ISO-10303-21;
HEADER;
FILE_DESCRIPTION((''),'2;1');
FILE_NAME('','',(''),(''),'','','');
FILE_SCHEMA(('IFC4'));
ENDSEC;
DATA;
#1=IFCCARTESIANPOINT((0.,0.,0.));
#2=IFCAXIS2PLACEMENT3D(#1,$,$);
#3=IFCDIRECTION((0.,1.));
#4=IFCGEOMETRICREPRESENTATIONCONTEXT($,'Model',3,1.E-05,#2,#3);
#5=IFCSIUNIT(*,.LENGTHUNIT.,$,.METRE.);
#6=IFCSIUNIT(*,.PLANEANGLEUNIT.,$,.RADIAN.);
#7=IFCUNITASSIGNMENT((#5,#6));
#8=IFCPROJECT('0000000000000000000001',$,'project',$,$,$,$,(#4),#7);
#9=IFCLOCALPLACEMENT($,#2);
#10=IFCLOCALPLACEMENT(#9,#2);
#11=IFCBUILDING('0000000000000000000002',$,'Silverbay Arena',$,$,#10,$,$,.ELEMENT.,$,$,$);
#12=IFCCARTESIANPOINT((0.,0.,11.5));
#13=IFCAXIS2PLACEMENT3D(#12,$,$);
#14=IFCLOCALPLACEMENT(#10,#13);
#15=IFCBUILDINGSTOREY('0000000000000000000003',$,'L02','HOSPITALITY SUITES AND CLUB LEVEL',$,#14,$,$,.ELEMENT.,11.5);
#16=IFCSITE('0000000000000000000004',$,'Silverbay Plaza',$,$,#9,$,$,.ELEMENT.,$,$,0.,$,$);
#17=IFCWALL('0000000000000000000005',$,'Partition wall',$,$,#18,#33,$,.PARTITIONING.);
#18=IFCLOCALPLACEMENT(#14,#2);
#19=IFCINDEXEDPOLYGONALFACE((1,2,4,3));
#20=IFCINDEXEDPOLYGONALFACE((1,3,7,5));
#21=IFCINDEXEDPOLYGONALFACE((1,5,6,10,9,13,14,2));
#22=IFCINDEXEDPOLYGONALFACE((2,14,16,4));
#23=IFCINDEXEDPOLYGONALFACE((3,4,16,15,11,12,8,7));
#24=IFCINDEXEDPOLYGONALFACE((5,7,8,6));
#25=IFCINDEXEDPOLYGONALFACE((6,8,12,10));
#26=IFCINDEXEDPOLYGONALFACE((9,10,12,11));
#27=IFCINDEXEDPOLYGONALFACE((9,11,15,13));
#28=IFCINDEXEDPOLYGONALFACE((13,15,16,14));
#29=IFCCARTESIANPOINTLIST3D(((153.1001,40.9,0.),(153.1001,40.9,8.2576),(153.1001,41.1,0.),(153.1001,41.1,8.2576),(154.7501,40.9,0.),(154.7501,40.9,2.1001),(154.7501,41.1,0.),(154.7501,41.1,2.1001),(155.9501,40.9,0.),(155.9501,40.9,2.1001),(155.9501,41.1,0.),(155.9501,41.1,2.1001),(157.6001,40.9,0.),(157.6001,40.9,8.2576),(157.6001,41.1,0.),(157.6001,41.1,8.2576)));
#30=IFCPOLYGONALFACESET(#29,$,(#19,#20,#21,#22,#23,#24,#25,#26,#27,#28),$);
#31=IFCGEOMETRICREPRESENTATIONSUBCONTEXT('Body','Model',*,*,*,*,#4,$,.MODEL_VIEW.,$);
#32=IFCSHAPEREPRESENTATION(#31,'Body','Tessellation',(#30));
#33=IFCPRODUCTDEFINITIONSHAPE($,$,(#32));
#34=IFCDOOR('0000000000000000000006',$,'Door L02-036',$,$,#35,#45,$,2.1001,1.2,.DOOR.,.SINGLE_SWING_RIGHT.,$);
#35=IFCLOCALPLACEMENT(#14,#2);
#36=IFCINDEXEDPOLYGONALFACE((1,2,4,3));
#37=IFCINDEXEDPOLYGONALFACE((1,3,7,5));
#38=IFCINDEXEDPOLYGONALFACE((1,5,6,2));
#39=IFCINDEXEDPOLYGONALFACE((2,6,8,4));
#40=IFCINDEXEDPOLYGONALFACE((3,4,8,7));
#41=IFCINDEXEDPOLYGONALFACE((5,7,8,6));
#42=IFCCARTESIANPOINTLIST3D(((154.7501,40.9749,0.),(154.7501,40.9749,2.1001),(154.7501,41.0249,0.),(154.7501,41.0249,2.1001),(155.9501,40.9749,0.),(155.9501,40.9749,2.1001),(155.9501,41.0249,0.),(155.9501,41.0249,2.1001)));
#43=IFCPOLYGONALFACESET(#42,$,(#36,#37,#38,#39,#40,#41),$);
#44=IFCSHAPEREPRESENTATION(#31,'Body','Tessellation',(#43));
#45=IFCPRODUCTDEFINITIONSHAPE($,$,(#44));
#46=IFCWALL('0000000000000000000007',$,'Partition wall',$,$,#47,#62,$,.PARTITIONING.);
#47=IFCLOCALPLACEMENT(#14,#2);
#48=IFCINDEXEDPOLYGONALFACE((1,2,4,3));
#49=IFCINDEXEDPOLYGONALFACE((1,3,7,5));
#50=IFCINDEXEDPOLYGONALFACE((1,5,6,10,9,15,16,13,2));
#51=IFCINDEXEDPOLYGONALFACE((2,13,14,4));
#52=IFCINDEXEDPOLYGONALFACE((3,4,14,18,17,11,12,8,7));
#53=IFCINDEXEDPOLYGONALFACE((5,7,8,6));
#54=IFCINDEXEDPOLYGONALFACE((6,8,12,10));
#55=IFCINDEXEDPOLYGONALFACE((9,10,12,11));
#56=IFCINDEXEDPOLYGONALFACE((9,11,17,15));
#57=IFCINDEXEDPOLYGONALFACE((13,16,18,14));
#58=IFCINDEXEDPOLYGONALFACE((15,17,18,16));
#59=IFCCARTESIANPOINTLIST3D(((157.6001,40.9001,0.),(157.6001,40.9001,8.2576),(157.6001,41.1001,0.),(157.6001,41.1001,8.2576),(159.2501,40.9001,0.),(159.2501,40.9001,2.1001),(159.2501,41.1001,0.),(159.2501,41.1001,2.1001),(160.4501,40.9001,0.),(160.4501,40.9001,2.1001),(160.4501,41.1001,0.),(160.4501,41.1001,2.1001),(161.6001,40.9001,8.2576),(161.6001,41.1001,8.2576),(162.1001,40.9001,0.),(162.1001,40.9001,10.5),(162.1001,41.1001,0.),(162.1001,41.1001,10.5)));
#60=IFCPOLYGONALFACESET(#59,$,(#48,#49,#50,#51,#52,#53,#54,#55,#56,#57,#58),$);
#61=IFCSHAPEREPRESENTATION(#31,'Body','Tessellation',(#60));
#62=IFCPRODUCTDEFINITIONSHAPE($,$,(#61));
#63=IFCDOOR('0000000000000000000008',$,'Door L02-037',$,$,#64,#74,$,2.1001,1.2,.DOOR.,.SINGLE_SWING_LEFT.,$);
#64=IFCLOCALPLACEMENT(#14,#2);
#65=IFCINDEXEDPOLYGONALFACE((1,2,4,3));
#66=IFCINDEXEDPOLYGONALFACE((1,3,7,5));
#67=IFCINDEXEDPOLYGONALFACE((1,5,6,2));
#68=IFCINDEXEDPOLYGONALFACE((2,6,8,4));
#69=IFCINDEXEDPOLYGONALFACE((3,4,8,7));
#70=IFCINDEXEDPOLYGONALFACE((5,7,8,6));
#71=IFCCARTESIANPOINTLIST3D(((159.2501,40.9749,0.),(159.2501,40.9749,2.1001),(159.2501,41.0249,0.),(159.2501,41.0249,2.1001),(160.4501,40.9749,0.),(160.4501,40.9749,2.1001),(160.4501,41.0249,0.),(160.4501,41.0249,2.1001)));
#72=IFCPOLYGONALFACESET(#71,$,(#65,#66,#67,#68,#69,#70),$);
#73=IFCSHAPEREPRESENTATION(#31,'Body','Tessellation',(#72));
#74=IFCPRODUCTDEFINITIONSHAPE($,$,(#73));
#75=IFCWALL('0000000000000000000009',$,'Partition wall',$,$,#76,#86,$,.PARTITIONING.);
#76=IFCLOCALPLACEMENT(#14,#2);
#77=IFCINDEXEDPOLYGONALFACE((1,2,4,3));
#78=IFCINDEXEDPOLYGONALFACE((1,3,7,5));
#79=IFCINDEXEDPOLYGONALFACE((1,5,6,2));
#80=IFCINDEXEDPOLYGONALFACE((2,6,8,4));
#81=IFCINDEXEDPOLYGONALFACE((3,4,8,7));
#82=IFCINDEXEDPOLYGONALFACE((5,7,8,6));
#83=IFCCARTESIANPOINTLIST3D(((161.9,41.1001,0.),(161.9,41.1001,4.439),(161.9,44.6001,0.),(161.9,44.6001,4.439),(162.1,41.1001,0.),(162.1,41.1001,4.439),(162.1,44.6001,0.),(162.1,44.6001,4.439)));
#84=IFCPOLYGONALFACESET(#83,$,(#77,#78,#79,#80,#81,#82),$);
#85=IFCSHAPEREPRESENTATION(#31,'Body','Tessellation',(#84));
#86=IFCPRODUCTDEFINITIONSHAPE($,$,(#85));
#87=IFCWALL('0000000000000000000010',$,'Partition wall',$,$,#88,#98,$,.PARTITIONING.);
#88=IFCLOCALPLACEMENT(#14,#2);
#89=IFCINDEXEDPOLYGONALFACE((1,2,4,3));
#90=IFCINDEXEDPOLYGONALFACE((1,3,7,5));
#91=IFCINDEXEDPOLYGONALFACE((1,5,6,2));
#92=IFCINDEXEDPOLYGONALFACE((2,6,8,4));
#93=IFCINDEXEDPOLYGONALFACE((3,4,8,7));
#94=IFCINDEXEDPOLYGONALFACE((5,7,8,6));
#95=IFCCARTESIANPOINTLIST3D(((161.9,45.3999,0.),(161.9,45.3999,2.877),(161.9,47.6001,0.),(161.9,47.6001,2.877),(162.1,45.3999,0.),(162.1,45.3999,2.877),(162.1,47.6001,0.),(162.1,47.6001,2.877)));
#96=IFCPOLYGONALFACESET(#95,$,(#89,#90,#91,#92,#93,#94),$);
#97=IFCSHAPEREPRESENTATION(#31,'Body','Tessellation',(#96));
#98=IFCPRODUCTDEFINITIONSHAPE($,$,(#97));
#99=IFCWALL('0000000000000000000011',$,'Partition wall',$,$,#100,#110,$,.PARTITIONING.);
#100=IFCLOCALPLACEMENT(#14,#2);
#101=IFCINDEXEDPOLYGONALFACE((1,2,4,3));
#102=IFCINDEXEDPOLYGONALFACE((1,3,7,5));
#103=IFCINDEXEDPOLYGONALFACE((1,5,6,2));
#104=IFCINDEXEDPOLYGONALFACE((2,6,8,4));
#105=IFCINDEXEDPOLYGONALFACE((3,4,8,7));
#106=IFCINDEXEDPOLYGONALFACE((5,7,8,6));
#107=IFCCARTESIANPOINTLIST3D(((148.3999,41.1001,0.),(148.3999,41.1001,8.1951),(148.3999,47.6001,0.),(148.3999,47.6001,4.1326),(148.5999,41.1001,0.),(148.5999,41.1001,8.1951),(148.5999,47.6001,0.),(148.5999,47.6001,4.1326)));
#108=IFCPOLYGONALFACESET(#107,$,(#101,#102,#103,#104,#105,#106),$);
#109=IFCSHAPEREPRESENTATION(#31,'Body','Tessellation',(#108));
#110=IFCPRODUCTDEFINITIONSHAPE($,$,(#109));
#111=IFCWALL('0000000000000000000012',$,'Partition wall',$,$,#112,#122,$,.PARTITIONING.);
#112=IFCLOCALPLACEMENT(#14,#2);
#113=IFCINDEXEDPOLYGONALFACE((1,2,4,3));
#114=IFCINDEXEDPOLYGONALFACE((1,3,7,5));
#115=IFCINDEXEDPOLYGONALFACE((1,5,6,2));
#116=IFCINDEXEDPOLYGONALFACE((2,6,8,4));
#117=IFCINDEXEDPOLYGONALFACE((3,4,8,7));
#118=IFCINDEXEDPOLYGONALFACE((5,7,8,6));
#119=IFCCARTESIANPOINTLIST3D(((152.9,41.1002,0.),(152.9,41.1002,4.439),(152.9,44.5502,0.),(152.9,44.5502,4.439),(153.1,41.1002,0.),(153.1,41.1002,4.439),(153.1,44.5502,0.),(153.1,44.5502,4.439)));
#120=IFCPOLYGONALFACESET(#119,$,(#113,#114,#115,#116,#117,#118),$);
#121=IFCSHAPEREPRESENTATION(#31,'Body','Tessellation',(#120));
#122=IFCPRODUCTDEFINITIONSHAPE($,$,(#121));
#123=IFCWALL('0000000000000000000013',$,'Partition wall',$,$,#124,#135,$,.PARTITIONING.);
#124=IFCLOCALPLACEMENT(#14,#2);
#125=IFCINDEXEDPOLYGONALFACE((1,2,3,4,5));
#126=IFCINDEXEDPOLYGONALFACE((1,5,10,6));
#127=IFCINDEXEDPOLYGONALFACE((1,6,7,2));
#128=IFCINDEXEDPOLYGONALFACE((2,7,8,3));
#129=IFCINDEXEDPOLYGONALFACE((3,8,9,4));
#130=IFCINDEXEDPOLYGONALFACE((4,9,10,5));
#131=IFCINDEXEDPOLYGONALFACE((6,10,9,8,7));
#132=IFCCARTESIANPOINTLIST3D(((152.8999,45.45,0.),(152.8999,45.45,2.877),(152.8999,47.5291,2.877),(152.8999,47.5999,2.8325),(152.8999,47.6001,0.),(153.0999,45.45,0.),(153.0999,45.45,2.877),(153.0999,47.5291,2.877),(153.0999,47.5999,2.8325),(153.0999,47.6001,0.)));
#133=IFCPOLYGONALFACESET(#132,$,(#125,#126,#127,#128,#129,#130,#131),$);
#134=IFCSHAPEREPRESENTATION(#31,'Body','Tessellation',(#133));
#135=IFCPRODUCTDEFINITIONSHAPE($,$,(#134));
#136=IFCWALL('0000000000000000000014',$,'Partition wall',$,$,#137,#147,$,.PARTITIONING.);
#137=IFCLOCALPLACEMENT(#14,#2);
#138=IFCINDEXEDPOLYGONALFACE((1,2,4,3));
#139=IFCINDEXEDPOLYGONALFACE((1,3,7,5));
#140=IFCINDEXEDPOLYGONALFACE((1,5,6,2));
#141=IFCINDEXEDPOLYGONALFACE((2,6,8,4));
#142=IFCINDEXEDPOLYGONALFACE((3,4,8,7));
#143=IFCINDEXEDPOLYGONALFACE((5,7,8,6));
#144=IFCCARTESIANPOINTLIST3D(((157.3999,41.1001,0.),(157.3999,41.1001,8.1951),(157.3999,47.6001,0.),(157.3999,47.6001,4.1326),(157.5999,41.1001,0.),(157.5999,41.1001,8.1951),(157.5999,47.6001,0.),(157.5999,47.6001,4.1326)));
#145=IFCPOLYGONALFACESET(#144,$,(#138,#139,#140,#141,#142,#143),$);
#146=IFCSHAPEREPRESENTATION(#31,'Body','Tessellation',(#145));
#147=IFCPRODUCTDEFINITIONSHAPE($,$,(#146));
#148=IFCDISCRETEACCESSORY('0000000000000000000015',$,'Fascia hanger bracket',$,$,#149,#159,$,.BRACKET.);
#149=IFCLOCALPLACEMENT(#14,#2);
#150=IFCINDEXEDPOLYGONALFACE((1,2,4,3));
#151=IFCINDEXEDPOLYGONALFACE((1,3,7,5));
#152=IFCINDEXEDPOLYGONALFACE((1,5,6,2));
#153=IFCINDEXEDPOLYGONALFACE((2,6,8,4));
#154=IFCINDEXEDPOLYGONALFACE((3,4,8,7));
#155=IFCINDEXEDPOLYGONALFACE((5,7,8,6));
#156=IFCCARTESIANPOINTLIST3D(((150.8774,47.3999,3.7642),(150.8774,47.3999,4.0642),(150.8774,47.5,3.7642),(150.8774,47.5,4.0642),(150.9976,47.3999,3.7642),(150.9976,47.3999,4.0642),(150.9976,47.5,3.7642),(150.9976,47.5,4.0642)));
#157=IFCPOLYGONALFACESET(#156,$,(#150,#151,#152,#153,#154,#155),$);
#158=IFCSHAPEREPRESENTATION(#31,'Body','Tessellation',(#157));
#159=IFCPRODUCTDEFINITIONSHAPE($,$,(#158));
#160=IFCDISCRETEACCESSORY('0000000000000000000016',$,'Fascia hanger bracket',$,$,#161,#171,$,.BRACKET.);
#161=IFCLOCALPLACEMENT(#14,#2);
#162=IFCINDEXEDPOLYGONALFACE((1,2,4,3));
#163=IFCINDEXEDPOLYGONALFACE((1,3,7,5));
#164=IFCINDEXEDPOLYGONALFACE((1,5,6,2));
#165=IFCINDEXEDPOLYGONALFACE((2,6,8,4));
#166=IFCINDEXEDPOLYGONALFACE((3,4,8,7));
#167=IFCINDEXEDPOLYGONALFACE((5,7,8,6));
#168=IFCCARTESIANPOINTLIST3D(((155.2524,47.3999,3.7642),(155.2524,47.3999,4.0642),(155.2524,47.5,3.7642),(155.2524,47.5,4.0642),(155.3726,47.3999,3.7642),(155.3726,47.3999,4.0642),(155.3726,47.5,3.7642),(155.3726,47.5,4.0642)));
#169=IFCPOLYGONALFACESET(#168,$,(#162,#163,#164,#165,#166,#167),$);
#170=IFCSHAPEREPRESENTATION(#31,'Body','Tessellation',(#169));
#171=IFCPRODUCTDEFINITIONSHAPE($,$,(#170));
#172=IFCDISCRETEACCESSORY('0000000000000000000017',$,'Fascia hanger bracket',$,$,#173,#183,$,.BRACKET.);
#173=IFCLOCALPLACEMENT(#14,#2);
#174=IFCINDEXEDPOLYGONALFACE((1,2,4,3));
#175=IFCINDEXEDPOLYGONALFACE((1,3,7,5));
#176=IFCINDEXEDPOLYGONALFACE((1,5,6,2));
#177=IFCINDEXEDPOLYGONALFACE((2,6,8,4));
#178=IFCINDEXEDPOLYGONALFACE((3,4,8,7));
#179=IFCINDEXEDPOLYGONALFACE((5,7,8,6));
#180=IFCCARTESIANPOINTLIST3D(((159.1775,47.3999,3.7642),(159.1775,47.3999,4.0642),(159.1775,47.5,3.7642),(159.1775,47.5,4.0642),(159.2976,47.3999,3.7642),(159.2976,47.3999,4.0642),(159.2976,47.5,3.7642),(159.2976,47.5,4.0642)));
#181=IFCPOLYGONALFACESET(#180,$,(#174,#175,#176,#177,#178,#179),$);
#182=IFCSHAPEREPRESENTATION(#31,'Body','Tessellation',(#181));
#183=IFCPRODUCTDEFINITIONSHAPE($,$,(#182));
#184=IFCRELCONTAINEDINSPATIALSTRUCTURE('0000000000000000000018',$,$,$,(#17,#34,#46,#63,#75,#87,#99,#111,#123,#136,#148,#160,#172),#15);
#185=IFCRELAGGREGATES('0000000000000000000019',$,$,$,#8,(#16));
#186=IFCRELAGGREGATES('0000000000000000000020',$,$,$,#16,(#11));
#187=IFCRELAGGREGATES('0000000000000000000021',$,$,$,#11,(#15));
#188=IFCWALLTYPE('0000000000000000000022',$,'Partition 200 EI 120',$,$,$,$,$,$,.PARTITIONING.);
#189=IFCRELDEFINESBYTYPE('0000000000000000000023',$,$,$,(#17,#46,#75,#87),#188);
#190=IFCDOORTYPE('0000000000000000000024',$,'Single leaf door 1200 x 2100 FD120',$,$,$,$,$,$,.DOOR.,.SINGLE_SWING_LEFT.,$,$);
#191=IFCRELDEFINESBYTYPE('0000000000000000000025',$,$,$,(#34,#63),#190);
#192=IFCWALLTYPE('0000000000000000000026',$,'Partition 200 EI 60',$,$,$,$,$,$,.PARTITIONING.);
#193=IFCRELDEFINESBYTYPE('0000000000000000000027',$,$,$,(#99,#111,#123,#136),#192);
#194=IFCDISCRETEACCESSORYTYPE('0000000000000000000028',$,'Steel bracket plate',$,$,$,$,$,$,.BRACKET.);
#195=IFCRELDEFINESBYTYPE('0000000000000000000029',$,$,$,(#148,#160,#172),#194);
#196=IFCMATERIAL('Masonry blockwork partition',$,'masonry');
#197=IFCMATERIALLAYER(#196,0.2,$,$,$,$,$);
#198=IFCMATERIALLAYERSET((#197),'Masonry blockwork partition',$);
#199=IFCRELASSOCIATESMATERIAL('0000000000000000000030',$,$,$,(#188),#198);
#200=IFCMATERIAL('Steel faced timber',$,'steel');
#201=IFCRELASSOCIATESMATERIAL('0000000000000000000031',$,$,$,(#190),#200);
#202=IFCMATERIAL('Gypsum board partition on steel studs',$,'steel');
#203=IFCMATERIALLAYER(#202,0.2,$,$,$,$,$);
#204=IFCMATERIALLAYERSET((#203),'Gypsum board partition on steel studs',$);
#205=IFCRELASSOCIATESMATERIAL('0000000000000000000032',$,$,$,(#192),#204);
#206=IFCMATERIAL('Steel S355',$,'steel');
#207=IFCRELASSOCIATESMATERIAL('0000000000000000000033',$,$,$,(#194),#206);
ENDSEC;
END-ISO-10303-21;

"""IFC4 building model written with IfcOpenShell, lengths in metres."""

from ifc_helpers import new_model, si_unit, direction, frame, frame_2d, origin, origin_2d, place, context, subcontext, project, spatial, polyline, rectangle, outline, extrude, material, layer, layer_set, type_object, element, fill, save


model = new_model("IFC4")

# Units and contexts
model_context = context("Model", 3, precision=1e-05, world=origin(), true_north=direction((0.0, 1.0)))
body_context = subcontext(model_context, "Body", "Model", "MODEL_VIEW")
ifc_project = project(units=[si_unit("LENGTHUNIT", "METRE"), si_unit("PLANEANGLEUNIT", "RADIAN")], contexts=[model_context])

# Site, building, storey
site_placement = place(None, origin())
site = spatial("IfcSite", under=ifc_project, at=site_placement, Name="Silverbay Plaza", CompositionType="ELEMENT", RefElevation=0.0)
building_placement = place(site_placement, origin())
building = spatial("IfcBuilding", under=site, at=building_placement, Name="Silverbay Arena", CompositionType="ELEMENT")
storey_placement = place(building_placement, frame((0.0, 0.0, 11.5)))
storey = spatial("IfcBuildingStorey", under=building, at=storey_placement, Name="L02", Description="HOSPITALITY SUITES AND CLUB LEVEL", CompositionType="ELEMENT", Elevation=11.5)

# Walls, openings, doors
ifc_material_1 = material(Name="Masonry blockwork partition", Category="masonry")
ifc_layer_1 = layer(ifc_material_1, 0.2)
ifc_layer_set_1 = layer_set([ifc_layer_1], Name="Masonry blockwork partition")
wall_type_1 = type_object("IfcWallType", Name="Partition 200 EI 120", PredefinedType="PARTITIONING", material=ifc_layer_set_1)
ifc_material_2 = material(Name="Steel faced timber", Category="steel")
door_type = type_object("IfcDoorType", Name="Single leaf door 1200 x 2100 FD120", OperationType="SINGLE_SWING_LEFT", PredefinedType="DOOR", material=ifc_material_2)
wall_1_placement = place(storey_placement, frame((153.1001, 41.0, 0.0), z_axis=(0.0, 0.0, 1.0), x_axis=(1.0, 0.0, 0.0)))
wall_1 = element("IfcWall", 1, at=wall_1_placement, inside=storey, type_object=wall_type_1, Name="Partition wall", PredefinedType="PARTITIONING", context=body_context, shape_type="SweptSolid", body=[
    extrude(rectangle(XDim=4.5, YDim=0.2, at=frame_2d((2.25, 0.0))), origin(), (0.0, 0.0, 1.0), 8.2576),
])
opening_1_placement = place(wall_1_placement, frame((1.6499, 0.0, 0.0)))
opening_1 = element("IfcOpeningElement", 2, at=opening_1_placement, cuts=wall_1, PredefinedType="OPENING", context=body_context, shape_type="SweptSolid", body=[
    extrude(rectangle(XDim=1.2, YDim=2.1001, at=frame_2d((0.6001, 1.05))), frame((0.0, 0.1099, 0.0), z_axis=(0.0, -1.0, 0.0), x_axis=(1.0, 0.0, 0.0)), (0.0, 0.0, 1.0), 0.22),
])
door_1_placement = place(opening_1_placement, origin())
door_1 = element("IfcDoor", 3, at=door_1_placement, inside=storey, type_object=door_type, Name="Door L02-036", OperationType="SINGLE_SWING_RIGHT", OverallHeight=2.1001, OverallWidth=1.2, PredefinedType="DOOR", context=body_context, shape_type="SweptSolid", body=[
    extrude(rectangle(XDim=1.2, YDim=2.1001, at=frame_2d((0.6001, 1.05))), frame((0.0, 0.0249, 0.0), z_axis=(0.0, -1.0, 0.0), x_axis=(1.0, 0.0, 0.0)), (0.0, 0.0, 1.0), 0.05),
])
fill(opening_1, door_1)
wall_2_placement = place(storey_placement, frame((157.6001, 41.0, 0.0), z_axis=(0.0, 0.0, 1.0), x_axis=(1.0, 0.0, 0.0)))
wall_2 = element("IfcWall", 4, at=wall_2_placement, inside=storey, type_object=wall_type_1, Name="Partition wall", PredefinedType="PARTITIONING", context=body_context, shape_type="SweptSolid", body=[
    extrude(outline(polyline([(0.0, 0.0), (4.5, 0.0), (4.5, 10.5), (4.0, 8.2576), (0.0, 8.2576), (0.0, 0.0)])), frame((0.0, 0.1001, 0.0), z_axis=(0.0, -1.0, 0.0), x_axis=(1.0, 0.0, 0.0)), (0.0, 0.0, 1.0), 0.2),
])
opening_2_placement = place(wall_2_placement, frame((1.6499, 0.0, 0.0)))
opening_2 = element("IfcOpeningElement", 5, at=opening_2_placement, cuts=wall_2, PredefinedType="OPENING", context=body_context, shape_type="SweptSolid", body=[
    extrude(rectangle(XDim=1.2, YDim=2.1001, at=frame_2d((0.6001, 1.05))), frame((0.0, 0.1099, 0.0), z_axis=(0.0, -1.0, 0.0), x_axis=(1.0, 0.0, 0.0)), (0.0, 0.0, 1.0), 0.22),
])
door_2_placement = place(opening_2_placement, origin())
door_2 = element("IfcDoor", 6, at=door_2_placement, inside=storey, type_object=door_type, Name="Door L02-037", OperationType="SINGLE_SWING_LEFT", OverallHeight=2.1001, OverallWidth=1.2, PredefinedType="DOOR", context=body_context, shape_type="SweptSolid", body=[
    extrude(rectangle(XDim=1.2, YDim=2.1001, at=frame_2d((0.6001, 1.05))), frame((0.0, 0.0249, 0.0), z_axis=(0.0, -1.0, 0.0), x_axis=(1.0, 0.0, 0.0)), (0.0, 0.0, 1.0), 0.05),
])
fill(opening_2, door_2)

# Walls
wall_3_placement = place(storey_placement, frame((162.0, 41.1001, 0.0), z_axis=(0.0, 0.0, 1.0), x_axis=(0.0, 1.0, 0.0)))
element("IfcWall", 7, at=wall_3_placement, inside=storey, type_object=wall_type_1, Name="Partition wall", PredefinedType="PARTITIONING", context=body_context, shape_type="SweptSolid", body=[
    extrude(rectangle(XDim=3.5, YDim=0.2, at=frame_2d((1.75, 0.0))), origin(), (0.0, 0.0, 1.0), 4.439),
])
wall_4_placement = place(storey_placement, frame((162.0, 45.3999, 0.0), z_axis=(0.0, 0.0, 1.0), x_axis=(0.0, 1.0, 0.0)))
element("IfcWall", 8, at=wall_4_placement, inside=storey, type_object=wall_type_1, Name="Partition wall", PredefinedType="PARTITIONING", context=body_context, shape_type="SweptSolid", body=[
    extrude(rectangle(XDim=2.2002, YDim=0.2, at=frame_2d((1.1001, 0.0))), origin(), (0.0, 0.0, 1.0), 2.877),
])
ifc_material_3 = material(Name="Gypsum board partition on steel studs", Category="steel")
ifc_layer_2 = layer(ifc_material_3, 0.2)
ifc_layer_set_2 = layer_set([ifc_layer_2], Name="Gypsum board partition on steel studs")
wall_type_2 = type_object("IfcWallType", Name="Partition 200 EI 60", PredefinedType="PARTITIONING", material=ifc_layer_set_2)
wall_5_placement = place(storey_placement, frame((148.5, 41.1001, 0.0), z_axis=(0.0, 0.0, 1.0), x_axis=(0.0, 1.0, 0.0)))
element("IfcWall", 9, at=wall_5_placement, inside=storey, type_object=wall_type_2, Name="Partition wall", PredefinedType="PARTITIONING", context=body_context, shape_type="SweptSolid", body=[
    extrude(outline(polyline([(0.0, 0.0), (6.5, 0.0), (6.5, 4.1326), (0.0, 8.1951), (0.0, 0.0)])), frame((0.0, 0.1001, 0.0), z_axis=(0.0, -1.0, 0.0), x_axis=(1.0, 0.0, 0.0)), (0.0, 0.0, 1.0), 0.2),
])
wall_6_placement = place(storey_placement, frame((153.0, 41.1001, 0.0), z_axis=(0.0, 0.0, 1.0), x_axis=(0.0, 1.0, 0.0)))
element("IfcWall", 10, at=wall_6_placement, inside=storey, type_object=wall_type_2, Name="Partition wall", PredefinedType="PARTITIONING", context=body_context, shape_type="SweptSolid", body=[
    extrude(rectangle(XDim=3.45, YDim=0.2, at=frame_2d((1.7251, 0.0))), origin(), (0.0, 0.0, 1.0), 4.439),
])
wall_7_placement = place(storey_placement, frame((153.0, 45.45, 0.0), z_axis=(0.0, 0.0, 1.0), x_axis=(0.0, 1.0, 0.0)))
element("IfcWall", 11, at=wall_7_placement, inside=storey, type_object=wall_type_2, Name="Partition wall", PredefinedType="PARTITIONING", context=body_context, shape_type="SweptSolid", body=[
    extrude(outline(polyline([(0.0, 0.0), (2.1501, 0.0), (2.1499, 2.8325), (2.0791, 2.877), (0.0, 2.877), (0.0, 0.0)])), frame((0.0, 0.1001, 0.0), z_axis=(0.0, -1.0, 0.0), x_axis=(1.0, 0.0, 0.0)), (0.0, 0.0, 1.0), 0.2),
])
wall_8_placement = place(storey_placement, frame((157.5, 41.1001, 0.0), z_axis=(0.0, 0.0, 1.0), x_axis=(0.0, 1.0, 0.0)))
element("IfcWall", 12, at=wall_8_placement, inside=storey, type_object=wall_type_2, Name="Partition wall", PredefinedType="PARTITIONING", context=body_context, shape_type="SweptSolid", body=[
    extrude(outline(polyline([(0.0, 0.0), (6.5, 0.0), (6.5, 4.1326), (0.0, 8.1951), (0.0, 0.0)])), frame((0.0, 0.1001, 0.0), z_axis=(0.0, -1.0, 0.0), x_axis=(1.0, 0.0, 0.0)), (0.0, 0.0, 1.0), 0.2),
])

# Discrete accessories
ifc_material_4 = material(Name="Steel S355", Category="steel")
discrete_accessory_type = type_object("IfcDiscreteAccessoryType", Name="Steel bracket plate", PredefinedType="BRACKET", material=ifc_material_4)
for number, where, z_axis, x_axis, name in (
    (13, (150.9375, 47.45, 3.7642), (0.0, 0.0, 1.0), (1.0, 0.0, 0.0), "Fascia hanger bracket"),
    (14, (155.3125, 47.45, 3.7642), (0.0, 0.0, 1.0), (1.0, 0.0, 0.0), "Fascia hanger bracket"),
    (15, (159.2375, 47.45, 3.7642), (0.0, 0.0, 1.0), (1.0, 0.0, 0.0), "Fascia hanger bracket"),
):
    element("IfcDiscreteAccessory", number, at=place(storey_placement, frame(where, z_axis=z_axis, x_axis=x_axis)), inside=storey, type_object=discrete_accessory_type, Name=name, PredefinedType="BRACKET", context=body_context, shape_type="SweptSolid", body=[
        extrude(rectangle(XDim=0.1201, YDim=0.1001, at=origin_2d()), origin(), (0.0, 0.0, 1.0), 0.3),
    ])

save(model, "model.ifc")
